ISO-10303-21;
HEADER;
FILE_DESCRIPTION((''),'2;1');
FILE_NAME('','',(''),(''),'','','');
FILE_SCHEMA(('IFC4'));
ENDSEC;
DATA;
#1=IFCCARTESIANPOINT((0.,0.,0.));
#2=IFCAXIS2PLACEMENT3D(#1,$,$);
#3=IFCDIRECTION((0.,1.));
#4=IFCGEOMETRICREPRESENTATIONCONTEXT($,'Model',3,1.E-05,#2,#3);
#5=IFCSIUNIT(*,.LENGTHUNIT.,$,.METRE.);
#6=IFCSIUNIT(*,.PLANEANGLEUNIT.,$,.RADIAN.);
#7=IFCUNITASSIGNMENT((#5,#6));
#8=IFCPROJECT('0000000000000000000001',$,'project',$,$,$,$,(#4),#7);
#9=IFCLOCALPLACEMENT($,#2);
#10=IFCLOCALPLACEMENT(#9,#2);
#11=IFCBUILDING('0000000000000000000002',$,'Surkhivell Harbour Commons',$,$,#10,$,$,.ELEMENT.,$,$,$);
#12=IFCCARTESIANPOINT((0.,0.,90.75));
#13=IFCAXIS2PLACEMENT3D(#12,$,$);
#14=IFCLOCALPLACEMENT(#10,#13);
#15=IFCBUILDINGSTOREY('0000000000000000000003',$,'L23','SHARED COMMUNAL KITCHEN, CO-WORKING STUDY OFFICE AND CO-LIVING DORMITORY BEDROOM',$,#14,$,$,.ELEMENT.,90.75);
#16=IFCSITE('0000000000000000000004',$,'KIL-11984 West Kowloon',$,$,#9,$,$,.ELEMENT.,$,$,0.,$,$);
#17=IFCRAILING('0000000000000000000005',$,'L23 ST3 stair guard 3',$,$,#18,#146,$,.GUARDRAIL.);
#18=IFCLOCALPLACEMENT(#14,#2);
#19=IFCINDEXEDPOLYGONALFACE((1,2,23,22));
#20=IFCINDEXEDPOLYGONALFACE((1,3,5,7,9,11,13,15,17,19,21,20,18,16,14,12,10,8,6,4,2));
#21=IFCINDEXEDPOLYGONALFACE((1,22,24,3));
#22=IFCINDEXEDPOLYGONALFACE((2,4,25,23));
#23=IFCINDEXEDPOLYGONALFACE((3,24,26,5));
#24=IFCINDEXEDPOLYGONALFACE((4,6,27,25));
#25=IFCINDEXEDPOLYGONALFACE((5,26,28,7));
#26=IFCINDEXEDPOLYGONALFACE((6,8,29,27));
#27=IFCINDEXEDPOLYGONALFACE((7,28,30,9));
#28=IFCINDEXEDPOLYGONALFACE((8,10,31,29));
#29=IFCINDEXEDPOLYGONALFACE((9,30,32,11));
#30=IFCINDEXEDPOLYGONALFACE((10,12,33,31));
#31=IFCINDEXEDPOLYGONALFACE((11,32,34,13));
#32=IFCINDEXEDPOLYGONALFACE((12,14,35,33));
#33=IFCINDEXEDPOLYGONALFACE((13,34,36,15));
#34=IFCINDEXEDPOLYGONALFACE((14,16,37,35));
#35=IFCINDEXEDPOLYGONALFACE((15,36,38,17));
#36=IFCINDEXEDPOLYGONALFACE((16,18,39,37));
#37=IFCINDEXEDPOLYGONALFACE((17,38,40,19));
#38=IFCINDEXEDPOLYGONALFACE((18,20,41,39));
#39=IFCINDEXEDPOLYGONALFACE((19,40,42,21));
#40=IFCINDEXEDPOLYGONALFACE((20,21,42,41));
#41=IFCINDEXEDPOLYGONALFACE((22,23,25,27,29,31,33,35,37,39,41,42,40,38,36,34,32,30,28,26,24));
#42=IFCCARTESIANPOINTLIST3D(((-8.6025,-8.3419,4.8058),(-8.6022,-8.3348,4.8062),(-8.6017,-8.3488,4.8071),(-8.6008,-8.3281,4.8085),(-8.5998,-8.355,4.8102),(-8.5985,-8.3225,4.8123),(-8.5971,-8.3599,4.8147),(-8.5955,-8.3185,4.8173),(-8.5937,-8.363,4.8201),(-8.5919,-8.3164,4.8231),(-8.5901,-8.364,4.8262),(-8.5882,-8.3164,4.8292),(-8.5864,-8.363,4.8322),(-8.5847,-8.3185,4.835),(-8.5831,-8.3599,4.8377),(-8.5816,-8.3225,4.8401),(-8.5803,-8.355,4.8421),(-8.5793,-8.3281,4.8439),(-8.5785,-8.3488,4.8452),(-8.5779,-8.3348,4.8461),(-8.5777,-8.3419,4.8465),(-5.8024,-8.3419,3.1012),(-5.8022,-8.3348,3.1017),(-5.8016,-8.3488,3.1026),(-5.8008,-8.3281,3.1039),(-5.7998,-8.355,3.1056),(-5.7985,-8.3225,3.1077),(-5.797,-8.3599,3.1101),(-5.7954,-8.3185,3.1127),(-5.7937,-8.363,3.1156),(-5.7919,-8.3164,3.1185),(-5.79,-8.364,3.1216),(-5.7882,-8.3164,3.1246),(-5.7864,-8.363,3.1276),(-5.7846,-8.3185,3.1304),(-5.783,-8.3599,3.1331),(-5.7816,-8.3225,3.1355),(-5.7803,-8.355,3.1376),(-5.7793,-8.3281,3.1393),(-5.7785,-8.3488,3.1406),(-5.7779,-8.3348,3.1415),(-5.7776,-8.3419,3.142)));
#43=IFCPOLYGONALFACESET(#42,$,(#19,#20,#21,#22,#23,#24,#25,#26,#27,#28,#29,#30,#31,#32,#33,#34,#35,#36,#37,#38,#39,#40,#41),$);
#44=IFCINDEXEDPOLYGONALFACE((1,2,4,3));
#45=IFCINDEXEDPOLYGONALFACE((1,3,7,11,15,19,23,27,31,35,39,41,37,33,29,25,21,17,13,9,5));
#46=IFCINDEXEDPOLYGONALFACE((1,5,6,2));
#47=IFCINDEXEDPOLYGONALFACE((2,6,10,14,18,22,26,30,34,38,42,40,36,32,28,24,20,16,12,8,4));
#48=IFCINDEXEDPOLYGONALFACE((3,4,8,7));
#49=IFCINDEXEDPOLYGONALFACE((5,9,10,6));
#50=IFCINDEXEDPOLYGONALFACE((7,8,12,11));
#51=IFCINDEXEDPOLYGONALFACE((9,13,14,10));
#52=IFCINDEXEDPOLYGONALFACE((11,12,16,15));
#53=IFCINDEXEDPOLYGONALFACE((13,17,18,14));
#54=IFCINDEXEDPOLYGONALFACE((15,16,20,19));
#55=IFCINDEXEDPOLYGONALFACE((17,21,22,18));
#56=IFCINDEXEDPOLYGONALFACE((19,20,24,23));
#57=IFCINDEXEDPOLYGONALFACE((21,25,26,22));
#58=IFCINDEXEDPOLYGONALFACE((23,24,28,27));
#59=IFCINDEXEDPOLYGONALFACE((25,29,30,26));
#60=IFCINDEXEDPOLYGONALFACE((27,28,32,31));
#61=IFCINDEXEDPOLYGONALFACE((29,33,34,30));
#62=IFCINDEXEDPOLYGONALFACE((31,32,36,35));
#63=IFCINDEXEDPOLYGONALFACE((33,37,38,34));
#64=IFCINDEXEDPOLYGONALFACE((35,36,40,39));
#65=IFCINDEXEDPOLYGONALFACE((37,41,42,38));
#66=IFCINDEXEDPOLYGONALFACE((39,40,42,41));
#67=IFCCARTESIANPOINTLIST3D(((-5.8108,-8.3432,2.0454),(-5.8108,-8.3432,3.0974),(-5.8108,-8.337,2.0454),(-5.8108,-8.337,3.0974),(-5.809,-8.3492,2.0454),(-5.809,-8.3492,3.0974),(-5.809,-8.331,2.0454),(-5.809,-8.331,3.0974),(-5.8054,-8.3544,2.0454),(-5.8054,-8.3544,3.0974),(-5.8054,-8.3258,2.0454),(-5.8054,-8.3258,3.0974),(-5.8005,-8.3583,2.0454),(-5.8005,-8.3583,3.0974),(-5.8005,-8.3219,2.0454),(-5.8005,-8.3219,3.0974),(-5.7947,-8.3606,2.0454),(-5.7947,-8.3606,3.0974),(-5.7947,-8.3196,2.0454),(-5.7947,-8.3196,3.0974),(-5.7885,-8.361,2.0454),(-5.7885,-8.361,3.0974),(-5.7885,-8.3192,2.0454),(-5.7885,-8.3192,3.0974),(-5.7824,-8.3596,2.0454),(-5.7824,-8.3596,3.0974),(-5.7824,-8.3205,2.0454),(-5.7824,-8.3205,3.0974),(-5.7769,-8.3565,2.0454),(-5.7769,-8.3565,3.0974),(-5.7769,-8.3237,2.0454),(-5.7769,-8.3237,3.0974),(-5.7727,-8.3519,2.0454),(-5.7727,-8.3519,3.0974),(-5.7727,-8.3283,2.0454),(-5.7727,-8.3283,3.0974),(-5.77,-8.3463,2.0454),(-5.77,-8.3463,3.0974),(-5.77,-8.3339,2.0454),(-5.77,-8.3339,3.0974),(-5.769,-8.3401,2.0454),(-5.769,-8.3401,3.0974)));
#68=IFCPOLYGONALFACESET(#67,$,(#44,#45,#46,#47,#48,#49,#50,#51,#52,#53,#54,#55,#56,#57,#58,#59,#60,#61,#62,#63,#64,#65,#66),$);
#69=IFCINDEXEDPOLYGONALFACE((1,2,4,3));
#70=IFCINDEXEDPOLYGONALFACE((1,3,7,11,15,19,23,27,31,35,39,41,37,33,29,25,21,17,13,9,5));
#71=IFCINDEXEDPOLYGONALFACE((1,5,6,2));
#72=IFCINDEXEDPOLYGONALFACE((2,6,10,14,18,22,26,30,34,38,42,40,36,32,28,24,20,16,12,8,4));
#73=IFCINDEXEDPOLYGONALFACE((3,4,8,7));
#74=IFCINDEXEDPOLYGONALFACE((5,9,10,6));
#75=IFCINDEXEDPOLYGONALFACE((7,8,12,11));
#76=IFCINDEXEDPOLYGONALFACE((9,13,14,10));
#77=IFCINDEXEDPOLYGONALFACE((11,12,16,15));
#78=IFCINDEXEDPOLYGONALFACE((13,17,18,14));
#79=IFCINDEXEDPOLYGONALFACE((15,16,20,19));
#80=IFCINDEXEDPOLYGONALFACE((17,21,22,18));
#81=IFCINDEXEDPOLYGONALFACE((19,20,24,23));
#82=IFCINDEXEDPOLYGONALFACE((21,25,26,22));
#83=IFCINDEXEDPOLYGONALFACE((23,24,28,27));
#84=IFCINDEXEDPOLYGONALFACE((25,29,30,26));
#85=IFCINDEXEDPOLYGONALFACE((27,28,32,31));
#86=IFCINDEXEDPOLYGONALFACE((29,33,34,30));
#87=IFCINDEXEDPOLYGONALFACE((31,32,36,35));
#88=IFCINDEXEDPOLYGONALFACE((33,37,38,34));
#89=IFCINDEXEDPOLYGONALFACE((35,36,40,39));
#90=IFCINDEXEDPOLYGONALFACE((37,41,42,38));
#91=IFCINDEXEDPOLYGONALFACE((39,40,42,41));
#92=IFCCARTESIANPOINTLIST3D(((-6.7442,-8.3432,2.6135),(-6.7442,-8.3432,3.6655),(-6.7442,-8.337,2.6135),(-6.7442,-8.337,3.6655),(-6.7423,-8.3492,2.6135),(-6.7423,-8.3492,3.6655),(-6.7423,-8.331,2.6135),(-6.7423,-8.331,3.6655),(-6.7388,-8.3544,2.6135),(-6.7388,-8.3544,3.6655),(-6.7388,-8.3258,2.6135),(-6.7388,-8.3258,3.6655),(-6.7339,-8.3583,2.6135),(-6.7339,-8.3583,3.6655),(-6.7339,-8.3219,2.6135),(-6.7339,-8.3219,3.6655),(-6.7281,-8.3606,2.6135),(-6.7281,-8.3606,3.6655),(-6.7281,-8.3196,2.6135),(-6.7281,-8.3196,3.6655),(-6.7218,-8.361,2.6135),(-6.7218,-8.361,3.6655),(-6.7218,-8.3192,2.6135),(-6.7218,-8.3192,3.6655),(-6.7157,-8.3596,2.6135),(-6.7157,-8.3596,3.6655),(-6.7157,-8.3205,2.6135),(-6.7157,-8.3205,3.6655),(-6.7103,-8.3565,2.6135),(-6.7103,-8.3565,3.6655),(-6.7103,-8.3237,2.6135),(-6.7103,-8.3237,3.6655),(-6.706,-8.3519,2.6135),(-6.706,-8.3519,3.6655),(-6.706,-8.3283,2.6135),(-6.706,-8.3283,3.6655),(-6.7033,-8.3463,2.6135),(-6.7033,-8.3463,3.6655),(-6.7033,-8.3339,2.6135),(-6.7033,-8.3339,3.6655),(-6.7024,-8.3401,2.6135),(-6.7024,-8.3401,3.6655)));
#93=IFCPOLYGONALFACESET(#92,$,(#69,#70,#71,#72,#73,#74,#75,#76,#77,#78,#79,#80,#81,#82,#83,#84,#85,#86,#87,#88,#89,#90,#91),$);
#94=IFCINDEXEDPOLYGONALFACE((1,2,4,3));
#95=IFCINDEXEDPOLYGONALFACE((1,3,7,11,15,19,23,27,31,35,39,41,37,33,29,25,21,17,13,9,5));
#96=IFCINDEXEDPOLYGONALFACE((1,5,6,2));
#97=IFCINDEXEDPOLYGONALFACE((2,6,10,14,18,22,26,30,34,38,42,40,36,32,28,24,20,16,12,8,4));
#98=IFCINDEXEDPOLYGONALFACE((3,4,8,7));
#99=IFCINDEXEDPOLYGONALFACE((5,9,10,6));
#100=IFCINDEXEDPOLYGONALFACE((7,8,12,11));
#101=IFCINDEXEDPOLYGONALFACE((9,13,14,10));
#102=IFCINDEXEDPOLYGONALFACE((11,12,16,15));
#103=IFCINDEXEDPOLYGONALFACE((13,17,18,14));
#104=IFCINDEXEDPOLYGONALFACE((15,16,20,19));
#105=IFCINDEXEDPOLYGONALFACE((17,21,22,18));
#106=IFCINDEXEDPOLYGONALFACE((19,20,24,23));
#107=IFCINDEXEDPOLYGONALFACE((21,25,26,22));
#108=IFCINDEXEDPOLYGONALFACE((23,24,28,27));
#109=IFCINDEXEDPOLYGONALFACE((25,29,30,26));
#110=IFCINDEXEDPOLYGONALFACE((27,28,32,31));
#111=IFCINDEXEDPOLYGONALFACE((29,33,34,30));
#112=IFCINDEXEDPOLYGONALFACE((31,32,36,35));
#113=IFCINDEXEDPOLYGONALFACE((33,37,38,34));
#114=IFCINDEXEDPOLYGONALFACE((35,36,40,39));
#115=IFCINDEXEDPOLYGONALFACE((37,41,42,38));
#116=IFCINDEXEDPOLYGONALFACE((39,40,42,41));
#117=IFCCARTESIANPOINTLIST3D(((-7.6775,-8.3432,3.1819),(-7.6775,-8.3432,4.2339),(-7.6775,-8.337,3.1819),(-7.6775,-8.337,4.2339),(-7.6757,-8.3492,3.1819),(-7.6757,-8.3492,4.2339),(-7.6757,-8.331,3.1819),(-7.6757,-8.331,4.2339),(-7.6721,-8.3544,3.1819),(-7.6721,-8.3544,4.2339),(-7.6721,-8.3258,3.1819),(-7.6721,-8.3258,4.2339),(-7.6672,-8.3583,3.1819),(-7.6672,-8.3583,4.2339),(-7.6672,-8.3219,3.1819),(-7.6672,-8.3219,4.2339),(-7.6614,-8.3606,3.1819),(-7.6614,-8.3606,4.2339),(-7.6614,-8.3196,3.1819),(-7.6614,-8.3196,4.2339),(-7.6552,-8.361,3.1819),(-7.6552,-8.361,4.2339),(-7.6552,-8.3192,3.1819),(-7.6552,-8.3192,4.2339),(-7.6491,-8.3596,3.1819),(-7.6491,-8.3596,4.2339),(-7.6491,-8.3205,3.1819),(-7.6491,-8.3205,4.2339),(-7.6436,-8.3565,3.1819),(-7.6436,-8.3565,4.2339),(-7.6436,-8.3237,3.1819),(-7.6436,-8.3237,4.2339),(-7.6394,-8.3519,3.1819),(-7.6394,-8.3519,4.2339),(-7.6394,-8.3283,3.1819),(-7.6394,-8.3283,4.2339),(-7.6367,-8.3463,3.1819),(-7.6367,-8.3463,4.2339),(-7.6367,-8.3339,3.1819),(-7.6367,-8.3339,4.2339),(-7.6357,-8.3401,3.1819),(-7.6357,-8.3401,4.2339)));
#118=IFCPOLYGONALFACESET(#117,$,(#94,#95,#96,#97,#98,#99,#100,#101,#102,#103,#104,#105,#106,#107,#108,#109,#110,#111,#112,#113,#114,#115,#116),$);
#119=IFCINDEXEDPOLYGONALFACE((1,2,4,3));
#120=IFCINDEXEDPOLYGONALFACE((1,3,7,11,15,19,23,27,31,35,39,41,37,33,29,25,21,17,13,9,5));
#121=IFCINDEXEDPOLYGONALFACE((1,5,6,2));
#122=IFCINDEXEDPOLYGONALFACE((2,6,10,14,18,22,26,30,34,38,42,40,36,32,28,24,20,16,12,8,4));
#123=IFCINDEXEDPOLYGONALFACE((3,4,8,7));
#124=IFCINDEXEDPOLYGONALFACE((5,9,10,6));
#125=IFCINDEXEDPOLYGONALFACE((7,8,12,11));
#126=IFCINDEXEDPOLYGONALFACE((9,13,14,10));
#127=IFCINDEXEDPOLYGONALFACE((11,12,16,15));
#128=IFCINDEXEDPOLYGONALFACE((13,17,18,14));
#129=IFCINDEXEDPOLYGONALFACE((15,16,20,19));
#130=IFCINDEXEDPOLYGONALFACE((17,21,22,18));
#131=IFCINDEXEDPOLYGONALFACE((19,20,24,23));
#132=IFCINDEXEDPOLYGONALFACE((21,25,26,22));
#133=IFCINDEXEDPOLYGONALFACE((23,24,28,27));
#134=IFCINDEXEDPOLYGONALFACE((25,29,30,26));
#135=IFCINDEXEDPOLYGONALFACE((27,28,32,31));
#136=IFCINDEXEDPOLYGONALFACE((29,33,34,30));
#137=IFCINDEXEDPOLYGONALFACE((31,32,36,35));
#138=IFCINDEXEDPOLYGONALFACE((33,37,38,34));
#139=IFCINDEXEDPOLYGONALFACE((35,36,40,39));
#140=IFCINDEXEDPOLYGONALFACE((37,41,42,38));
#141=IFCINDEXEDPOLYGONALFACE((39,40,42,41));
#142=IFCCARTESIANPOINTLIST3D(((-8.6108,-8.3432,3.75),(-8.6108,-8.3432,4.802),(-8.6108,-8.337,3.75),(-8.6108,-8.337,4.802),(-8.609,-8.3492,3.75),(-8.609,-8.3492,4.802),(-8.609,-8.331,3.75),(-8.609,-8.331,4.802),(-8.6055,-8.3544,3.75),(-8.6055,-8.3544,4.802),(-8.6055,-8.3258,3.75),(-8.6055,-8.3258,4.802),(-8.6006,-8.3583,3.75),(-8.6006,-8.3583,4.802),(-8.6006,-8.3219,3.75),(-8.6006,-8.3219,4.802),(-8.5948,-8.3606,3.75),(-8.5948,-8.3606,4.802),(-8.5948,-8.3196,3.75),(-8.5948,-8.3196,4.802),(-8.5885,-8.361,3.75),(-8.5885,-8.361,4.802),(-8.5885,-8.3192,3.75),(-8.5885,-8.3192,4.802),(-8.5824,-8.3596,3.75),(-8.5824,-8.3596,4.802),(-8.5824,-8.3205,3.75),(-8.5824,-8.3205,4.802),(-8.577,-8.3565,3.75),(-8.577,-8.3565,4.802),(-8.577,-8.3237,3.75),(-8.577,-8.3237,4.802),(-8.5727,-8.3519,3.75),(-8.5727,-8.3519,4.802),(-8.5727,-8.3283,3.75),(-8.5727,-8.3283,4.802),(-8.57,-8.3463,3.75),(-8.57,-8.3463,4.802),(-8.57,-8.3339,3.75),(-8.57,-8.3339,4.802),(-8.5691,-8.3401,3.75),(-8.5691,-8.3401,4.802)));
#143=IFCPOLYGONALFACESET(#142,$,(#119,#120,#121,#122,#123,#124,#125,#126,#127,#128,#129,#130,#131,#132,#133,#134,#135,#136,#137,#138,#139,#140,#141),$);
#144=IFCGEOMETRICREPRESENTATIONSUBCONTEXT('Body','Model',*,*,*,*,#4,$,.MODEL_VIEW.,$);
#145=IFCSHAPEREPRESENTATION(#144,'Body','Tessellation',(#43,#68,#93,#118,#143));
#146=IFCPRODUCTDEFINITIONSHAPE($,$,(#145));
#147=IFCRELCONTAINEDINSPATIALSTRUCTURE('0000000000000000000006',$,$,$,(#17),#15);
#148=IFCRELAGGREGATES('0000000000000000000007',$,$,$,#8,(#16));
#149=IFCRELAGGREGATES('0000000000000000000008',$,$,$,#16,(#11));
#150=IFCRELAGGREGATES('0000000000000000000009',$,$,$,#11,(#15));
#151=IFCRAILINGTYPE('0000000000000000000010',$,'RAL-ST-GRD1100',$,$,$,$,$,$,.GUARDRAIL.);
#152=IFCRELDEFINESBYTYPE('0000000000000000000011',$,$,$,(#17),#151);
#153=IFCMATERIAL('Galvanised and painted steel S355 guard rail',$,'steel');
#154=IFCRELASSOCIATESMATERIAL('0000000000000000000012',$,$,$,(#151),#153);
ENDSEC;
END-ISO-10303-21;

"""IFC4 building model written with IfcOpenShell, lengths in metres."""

from ifc_helpers import new_model, si_unit, direction, frame, origin, origin_2d, place, context, subcontext, project, spatial, circle, extrude, material, type_object, element, save


model = new_model("IFC4")

# Units and contexts
model_context = context("Model", 3, precision=1e-05, world=origin(), true_north=direction((0.0, 1.0)))
body_context = subcontext(model_context, "Body", "Model", "MODEL_VIEW")
ifc_project = project(units=[si_unit("LENGTHUNIT", "METRE"), si_unit("PLANEANGLEUNIT", "RADIAN")], contexts=[model_context])

# Site, building, storey
site_placement = place(None, origin())
site = spatial("IfcSite", under=ifc_project, at=site_placement, Name="KIL-11984 West Kowloon", CompositionType="ELEMENT", RefElevation=0.0)
building_placement = place(site_placement, origin())
building = spatial("IfcBuilding", under=site, at=building_placement, Name="Surkhivell Harbour Commons", CompositionType="ELEMENT")
storey_placement = place(building_placement, frame((0.0, 0.0, 90.75)))
storey = spatial("IfcBuildingStorey", under=building, at=storey_placement, Name="L23", Description="SHARED COMMUNAL KITCHEN, CO-WORKING STUDY OFFICE AND CO-LIVING DORMITORY BEDROOM", CompositionType="ELEMENT", Elevation=90.75)

# Railing
ifc_material_1 = material(Name="Galvanised and painted steel S355 guard rail", Category="steel")
railing_type_1 = type_object("IfcRailingType", Name="RAL-ST-GRD1100", PredefinedType="GUARDRAIL", material=ifc_material_1)
railing_1_placement = place(storey_placement, frame((-5.79, -8.3401, 2.0454)))
element("IfcRailing", 1, at=railing_1_placement, inside=storey, type_object=railing_type_1, Name="L23 ST3 stair guard 3", PredefinedType="GUARDRAIL", context=body_context, shape_type="SweptSolid", body=[
    extrude(circle(Radius=0.0239, at=origin_2d()), frame((0.0, 0.0, 1.0762), z_axis=(-0.85417, 0.0, 0.519994), x_axis=(0.0, -1.0, 0.0)), (0.0, 0.0, 1.0), 3.2781),
    extrude(circle(Radius=0.021, at=origin_2d()), origin(), (0.0, 0.0, 1.0), 1.052),
    extrude(circle(Radius=0.021, at=origin_2d()), frame((-0.9333, 0.0, 0.5681)), (0.0, 0.0, 1.0), 1.052),
    extrude(circle(Radius=0.021, at=origin_2d()), frame((-1.8667, 0.0, 1.1365)), (0.0, 0.0, 1.0), 1.052),
    extrude(circle(Radius=0.021, at=origin_2d()), frame((-2.8, 0.0, 1.7046)), (0.0, 0.0, 1.0), 1.052),
])

save(model, "model.ifc")
